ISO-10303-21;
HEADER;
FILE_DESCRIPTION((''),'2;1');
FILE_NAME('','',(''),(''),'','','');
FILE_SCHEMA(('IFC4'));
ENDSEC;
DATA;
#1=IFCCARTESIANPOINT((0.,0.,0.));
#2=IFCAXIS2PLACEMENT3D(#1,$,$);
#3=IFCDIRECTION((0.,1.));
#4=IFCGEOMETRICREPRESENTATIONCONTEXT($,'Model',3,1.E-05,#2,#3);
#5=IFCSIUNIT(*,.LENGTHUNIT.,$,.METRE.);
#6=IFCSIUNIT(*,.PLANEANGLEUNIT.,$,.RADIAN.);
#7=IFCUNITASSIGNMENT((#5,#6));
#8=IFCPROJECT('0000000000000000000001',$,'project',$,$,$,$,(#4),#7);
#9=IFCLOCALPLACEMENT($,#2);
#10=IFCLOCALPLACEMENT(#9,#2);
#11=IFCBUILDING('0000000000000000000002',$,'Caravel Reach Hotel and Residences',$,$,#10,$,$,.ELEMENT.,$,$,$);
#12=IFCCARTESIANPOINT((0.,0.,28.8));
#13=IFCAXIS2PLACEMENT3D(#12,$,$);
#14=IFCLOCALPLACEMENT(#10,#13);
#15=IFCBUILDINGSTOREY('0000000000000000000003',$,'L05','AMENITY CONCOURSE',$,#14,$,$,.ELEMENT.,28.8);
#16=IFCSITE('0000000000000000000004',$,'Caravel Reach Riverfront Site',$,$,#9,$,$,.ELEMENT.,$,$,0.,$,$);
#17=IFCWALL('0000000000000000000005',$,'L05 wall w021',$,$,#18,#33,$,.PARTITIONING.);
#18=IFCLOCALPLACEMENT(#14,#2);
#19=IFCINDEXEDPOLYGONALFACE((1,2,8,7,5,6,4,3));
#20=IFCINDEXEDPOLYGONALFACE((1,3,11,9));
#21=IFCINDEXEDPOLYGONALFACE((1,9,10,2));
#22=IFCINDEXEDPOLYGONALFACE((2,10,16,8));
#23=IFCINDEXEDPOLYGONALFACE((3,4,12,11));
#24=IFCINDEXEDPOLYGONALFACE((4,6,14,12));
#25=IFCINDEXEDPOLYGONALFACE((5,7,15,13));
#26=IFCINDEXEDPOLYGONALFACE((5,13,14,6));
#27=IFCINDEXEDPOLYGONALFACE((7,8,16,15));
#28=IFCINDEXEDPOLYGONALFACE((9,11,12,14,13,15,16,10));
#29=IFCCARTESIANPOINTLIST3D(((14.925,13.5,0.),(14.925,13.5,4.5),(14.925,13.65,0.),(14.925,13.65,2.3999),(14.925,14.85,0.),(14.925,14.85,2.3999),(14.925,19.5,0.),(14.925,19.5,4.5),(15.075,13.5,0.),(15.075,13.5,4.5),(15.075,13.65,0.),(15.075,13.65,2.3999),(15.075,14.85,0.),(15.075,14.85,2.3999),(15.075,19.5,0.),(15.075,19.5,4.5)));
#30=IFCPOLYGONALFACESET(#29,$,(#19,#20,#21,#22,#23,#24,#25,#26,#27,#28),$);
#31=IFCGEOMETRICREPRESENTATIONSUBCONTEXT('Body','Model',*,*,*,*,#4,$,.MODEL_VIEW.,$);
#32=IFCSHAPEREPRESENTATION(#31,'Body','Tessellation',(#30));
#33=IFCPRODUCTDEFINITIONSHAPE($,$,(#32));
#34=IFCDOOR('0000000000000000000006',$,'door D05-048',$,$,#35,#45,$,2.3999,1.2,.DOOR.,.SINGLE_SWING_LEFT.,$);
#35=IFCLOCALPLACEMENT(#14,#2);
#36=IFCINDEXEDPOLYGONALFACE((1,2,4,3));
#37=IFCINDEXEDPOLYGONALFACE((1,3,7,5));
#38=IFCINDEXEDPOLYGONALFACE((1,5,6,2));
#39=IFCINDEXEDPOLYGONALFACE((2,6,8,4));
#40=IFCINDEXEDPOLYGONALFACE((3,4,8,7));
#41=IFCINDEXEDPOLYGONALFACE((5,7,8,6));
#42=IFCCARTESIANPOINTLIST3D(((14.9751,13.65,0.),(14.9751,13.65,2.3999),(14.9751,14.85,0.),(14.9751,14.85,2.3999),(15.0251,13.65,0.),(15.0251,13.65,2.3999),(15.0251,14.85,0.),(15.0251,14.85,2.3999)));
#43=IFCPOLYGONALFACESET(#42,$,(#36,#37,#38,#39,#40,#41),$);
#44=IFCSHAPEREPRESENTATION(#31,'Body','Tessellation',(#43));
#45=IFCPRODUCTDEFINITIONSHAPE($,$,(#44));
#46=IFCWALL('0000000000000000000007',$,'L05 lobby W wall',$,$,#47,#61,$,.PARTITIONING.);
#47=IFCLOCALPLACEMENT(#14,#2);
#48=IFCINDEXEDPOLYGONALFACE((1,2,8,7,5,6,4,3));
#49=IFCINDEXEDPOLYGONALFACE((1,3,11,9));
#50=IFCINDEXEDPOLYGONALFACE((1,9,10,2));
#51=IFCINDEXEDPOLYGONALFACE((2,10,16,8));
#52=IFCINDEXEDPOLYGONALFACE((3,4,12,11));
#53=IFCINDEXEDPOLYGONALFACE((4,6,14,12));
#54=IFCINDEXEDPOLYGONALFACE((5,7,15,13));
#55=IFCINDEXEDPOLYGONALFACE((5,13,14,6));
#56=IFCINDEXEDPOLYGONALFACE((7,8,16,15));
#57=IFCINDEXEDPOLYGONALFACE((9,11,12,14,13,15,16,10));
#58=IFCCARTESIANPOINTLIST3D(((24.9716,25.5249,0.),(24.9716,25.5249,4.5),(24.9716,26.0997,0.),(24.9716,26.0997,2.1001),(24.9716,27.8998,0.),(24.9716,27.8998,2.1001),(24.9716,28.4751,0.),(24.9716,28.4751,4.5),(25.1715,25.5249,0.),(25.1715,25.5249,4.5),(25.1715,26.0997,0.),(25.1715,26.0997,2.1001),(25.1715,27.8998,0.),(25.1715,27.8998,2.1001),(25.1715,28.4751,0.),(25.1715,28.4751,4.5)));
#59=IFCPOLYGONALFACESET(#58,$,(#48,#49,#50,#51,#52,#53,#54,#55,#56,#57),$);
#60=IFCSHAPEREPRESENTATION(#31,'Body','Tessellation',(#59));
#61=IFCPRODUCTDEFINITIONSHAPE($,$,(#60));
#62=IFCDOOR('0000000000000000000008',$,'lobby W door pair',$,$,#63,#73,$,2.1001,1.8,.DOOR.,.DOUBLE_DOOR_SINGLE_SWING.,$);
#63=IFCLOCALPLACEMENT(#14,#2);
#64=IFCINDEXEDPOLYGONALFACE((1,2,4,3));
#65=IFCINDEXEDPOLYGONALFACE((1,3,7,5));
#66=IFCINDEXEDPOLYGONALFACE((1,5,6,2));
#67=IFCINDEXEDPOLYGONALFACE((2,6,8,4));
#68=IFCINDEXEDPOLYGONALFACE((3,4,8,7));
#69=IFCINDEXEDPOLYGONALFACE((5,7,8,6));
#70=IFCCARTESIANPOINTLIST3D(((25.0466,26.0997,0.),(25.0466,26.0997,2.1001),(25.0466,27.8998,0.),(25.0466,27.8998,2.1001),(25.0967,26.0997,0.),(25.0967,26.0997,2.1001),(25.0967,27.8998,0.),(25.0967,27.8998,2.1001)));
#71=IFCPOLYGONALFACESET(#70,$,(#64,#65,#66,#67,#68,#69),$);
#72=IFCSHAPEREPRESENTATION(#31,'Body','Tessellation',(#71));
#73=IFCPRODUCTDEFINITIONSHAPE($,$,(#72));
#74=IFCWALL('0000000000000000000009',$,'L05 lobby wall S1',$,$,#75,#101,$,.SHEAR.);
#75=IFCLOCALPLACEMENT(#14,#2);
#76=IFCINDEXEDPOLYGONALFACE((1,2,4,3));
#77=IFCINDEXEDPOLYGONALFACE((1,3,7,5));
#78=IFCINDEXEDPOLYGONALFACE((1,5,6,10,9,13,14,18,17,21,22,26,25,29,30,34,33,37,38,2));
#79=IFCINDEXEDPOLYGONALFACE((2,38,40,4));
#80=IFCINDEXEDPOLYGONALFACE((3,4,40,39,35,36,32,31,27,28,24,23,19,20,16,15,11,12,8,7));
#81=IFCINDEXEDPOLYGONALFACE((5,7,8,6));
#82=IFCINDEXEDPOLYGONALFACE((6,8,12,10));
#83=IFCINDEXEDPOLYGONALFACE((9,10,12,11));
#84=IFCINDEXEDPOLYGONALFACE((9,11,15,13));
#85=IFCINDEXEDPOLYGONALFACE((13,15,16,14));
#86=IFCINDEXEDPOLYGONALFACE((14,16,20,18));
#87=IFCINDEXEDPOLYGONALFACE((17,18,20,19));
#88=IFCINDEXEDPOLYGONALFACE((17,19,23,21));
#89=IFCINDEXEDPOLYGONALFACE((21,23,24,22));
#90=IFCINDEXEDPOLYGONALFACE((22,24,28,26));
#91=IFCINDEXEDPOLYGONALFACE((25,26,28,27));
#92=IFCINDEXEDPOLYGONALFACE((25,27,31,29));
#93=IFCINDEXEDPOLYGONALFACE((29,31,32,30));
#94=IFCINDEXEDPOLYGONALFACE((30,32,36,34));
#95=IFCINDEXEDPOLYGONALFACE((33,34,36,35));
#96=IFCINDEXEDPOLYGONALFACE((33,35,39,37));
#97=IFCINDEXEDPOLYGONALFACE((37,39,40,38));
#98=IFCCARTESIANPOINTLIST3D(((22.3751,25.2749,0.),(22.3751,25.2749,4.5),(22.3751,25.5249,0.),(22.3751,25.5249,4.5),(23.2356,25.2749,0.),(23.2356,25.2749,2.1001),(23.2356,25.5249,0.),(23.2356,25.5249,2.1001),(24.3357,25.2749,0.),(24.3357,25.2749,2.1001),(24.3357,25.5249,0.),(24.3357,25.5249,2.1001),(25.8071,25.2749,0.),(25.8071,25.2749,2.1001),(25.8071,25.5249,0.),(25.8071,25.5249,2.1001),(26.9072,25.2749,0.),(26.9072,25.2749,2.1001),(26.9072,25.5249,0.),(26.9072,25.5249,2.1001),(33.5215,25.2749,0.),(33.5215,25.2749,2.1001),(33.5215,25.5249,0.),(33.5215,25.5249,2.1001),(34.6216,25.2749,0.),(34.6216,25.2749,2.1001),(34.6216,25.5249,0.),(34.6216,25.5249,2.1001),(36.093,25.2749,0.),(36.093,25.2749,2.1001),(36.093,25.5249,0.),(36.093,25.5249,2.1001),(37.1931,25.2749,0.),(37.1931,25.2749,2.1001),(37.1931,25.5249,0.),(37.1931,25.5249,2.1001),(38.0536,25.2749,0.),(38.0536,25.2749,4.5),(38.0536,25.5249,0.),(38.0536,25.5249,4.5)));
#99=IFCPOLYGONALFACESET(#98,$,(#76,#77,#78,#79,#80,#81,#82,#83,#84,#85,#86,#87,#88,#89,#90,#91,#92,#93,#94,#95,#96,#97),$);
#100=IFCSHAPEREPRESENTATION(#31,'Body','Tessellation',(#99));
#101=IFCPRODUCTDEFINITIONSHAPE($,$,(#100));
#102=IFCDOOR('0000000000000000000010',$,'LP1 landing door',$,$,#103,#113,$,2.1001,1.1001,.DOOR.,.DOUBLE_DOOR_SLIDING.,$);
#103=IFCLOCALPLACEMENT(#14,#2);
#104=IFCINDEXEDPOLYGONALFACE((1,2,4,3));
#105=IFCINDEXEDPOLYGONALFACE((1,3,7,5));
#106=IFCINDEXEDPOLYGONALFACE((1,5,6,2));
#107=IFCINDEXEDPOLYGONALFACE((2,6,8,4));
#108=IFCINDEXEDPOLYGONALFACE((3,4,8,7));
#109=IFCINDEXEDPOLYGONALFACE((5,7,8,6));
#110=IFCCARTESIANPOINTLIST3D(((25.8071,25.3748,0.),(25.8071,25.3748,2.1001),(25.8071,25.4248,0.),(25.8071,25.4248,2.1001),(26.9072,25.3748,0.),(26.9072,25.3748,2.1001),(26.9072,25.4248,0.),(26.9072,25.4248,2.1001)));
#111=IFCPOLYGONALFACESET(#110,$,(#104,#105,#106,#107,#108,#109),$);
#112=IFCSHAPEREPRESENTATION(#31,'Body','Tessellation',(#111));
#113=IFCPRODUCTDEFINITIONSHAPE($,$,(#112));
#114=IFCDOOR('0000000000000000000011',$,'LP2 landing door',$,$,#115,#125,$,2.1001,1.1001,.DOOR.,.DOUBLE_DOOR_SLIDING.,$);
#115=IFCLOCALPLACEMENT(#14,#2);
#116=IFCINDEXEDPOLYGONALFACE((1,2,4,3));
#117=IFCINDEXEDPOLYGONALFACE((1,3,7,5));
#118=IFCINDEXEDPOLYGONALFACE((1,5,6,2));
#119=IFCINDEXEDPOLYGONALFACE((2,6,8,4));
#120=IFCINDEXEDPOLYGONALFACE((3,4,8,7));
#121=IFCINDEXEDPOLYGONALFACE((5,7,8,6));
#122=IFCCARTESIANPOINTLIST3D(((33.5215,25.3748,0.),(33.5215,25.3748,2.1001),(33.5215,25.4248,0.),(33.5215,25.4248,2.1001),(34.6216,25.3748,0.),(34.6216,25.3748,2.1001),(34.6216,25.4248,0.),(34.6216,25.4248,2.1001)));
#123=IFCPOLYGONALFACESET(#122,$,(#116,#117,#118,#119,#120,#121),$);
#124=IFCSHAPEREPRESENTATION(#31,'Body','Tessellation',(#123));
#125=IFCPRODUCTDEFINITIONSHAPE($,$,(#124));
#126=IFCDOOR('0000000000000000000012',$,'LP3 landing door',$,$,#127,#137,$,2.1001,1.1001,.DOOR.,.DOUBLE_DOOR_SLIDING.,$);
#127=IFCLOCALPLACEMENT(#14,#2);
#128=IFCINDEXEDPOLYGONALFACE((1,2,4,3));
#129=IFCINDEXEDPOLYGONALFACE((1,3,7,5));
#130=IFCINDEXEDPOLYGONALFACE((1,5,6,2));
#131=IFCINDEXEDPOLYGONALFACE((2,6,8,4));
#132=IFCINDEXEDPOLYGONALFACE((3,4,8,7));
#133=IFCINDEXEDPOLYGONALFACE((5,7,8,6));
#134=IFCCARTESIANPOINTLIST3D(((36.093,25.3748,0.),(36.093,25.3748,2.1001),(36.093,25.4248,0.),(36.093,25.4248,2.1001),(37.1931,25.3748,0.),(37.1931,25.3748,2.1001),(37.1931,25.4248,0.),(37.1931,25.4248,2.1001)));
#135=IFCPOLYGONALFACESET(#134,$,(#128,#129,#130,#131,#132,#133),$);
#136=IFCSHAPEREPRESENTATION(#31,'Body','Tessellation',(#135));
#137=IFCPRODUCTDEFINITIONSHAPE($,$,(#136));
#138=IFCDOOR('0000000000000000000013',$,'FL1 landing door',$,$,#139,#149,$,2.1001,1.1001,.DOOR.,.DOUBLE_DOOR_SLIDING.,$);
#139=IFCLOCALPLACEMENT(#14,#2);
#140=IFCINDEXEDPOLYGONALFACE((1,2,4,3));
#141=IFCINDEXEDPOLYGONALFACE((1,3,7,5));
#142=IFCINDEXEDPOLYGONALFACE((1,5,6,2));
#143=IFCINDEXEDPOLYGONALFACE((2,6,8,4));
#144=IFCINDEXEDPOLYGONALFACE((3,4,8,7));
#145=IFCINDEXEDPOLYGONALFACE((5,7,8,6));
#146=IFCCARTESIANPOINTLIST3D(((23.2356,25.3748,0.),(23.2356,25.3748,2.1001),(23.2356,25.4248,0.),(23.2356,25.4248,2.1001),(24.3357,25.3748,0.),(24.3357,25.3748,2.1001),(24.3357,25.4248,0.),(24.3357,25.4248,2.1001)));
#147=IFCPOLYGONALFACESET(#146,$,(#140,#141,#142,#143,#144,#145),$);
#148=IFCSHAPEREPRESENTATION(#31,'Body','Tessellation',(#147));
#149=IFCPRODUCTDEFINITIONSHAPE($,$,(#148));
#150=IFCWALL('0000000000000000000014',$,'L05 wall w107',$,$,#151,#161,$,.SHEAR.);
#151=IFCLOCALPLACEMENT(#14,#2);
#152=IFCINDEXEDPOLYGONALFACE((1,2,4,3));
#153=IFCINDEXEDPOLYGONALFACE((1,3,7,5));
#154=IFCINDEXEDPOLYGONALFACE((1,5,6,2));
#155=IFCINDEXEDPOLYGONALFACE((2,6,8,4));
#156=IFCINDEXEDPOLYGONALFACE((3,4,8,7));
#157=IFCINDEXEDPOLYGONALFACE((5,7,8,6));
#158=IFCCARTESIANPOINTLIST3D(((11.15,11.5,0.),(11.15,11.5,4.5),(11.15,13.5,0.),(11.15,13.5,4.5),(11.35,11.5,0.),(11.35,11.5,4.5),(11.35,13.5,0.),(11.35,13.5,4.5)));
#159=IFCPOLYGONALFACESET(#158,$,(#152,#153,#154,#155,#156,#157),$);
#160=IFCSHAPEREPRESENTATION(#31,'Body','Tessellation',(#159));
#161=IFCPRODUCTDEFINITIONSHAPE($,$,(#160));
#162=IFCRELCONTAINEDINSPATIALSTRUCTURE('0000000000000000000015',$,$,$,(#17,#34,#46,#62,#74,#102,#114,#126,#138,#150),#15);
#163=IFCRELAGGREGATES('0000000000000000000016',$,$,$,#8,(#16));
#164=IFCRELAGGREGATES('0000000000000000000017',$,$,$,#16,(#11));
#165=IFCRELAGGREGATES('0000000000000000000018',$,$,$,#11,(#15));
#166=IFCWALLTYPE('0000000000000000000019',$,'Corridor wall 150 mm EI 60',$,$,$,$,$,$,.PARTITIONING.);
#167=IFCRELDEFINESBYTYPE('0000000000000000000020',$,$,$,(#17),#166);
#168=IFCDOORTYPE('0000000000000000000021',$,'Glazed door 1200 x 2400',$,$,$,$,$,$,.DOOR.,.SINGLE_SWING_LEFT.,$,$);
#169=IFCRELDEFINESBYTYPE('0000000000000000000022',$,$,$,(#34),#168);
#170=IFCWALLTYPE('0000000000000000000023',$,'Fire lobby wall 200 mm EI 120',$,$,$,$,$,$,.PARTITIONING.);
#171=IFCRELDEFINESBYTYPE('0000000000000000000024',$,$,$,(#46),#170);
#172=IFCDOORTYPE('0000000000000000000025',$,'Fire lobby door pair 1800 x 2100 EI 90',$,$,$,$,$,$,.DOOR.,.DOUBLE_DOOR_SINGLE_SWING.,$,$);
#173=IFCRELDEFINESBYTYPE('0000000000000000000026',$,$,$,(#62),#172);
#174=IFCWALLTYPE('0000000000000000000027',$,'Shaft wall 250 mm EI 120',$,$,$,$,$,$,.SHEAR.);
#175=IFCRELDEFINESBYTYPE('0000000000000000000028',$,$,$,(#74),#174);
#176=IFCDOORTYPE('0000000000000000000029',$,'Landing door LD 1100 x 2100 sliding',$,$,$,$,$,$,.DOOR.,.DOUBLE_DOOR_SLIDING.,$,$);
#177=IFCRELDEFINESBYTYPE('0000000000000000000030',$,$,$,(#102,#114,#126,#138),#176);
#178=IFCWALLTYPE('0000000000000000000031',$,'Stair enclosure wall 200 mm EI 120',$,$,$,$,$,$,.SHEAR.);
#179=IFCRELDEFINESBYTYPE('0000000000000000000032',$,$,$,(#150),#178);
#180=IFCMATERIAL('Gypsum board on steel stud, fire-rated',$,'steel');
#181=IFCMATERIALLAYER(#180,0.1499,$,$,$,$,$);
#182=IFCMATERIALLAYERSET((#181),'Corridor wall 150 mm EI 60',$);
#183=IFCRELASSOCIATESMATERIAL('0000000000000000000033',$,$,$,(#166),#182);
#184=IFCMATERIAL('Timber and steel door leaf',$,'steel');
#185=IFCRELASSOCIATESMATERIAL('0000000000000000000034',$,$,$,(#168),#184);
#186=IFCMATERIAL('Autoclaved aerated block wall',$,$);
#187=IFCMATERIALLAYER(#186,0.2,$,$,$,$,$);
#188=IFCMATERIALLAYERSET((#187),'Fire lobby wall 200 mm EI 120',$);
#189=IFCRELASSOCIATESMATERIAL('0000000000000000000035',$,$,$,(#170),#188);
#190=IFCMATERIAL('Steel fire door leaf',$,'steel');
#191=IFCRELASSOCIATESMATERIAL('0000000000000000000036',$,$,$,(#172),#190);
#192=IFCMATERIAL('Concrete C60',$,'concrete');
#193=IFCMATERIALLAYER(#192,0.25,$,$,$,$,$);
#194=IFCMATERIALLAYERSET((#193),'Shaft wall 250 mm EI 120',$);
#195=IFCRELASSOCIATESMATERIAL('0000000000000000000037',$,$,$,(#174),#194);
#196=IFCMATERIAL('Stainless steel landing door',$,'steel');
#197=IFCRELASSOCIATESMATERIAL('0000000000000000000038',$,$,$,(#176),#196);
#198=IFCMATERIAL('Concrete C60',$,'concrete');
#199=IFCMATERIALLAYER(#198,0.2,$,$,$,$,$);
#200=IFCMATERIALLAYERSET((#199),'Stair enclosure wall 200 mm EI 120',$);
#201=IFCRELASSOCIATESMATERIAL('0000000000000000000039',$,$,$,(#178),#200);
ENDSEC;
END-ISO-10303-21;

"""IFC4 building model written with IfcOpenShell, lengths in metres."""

from ifc_helpers import new_model, si_unit, direction, frame, frame_2d, origin, place, context, subcontext, project, spatial, rectangle, extrude, material, layer, layer_set, type_object, element, fill, save


model = new_model("IFC4")

# Units and contexts
model_context = context("Model", 3, precision=1e-05, world=origin(), true_north=direction((0.0, 1.0)))
body_context = subcontext(model_context, "Body", "Model", "MODEL_VIEW")
ifc_project = project(units=[si_unit("LENGTHUNIT", "METRE"), si_unit("PLANEANGLEUNIT", "RADIAN")], contexts=[model_context])

# Site, building, storey
site_placement = place(None, origin())
site = spatial("IfcSite", under=ifc_project, at=site_placement, Name="Caravel Reach Riverfront Site", CompositionType="ELEMENT", RefElevation=0.0)
building_placement = place(site_placement, origin())
building = spatial("IfcBuilding", under=site, at=building_placement, Name="Caravel Reach Hotel and Residences", CompositionType="ELEMENT")
storey_placement = place(building_placement, frame((0.0, 0.0, 28.8)))
storey = spatial("IfcBuildingStorey", under=building, at=storey_placement, Name="L05", Description="AMENITY CONCOURSE", CompositionType="ELEMENT", Elevation=28.8)

# Shared definitions
ifc_material_1 = material(Name="Gypsum board on steel stud, fire-rated", Category="steel")
ifc_layer_1 = layer(ifc_material_1, 0.1499)
ifc_layer_set_1 = layer_set([ifc_layer_1], Name="Corridor wall 150 mm EI 60")
wall_type_1 = type_object("IfcWallType", Name="Corridor wall 150 mm EI 60", PredefinedType="PARTITIONING", material=ifc_layer_set_1)

# Walls, openings, doors
wall_1_placement = place(storey_placement, frame((15.0, 13.5, 0.0), z_axis=(0.0, 0.0, 1.0), x_axis=(0.0, 1.0, 0.0)))
wall_1 = element("IfcWall", 1, at=wall_1_placement, inside=storey, type_object=wall_type_1, Name="L05 wall w021", PredefinedType="PARTITIONING", context=body_context, shape_type="SweptSolid", body=[
    extrude(rectangle(XDim=6.0, YDim=0.1499, at=frame_2d((3.0, 0.0))), origin(), (0.0, 0.0, 1.0), 4.5),
])
opening_1_placement = place(wall_1_placement, frame((0.1499, 0.0, 0.0)))
opening_1 = element("IfcOpeningElement", 2, at=opening_1_placement, cuts=wall_1, PredefinedType="OPENING", context=body_context, shape_type="SweptSolid", body=[
    extrude(rectangle(XDim=1.2, YDim=2.3999, at=frame_2d((0.6001, 1.2))), frame((0.0, 0.085, 0.0), z_axis=(0.0, -1.0, 0.0), x_axis=(1.0, 0.0, 0.0)), (0.0, 0.0, 1.0), 0.1699),
])
ifc_material_2 = material(Name="Timber and steel door leaf", Category="steel")
door_type_1 = type_object("IfcDoorType", Name="Glazed door 1200 x 2400", OperationType="SINGLE_SWING_LEFT", PredefinedType="DOOR", material=ifc_material_2)
door_1_placement = place(opening_1_placement, origin())
door_1 = element("IfcDoor", 3, at=door_1_placement, inside=storey, type_object=door_type_1, Name="door D05-048", OperationType="SINGLE_SWING_LEFT", OverallHeight=2.3999, OverallWidth=1.2, PredefinedType="DOOR", context=body_context, shape_type="SweptSolid", body=[
    extrude(rectangle(XDim=1.2, YDim=2.3999, at=frame_2d((0.6001, 1.2))), frame((0.0, 0.0249, 0.0), z_axis=(0.0, -1.0, 0.0), x_axis=(1.0, 0.0, 0.0)), (0.0, 0.0, 1.0), 0.05),
])
fill(opening_1, door_1)
ifc_material_3 = material(Name="Autoclaved aerated block wall")
ifc_layer_2 = layer(ifc_material_3, 0.2)
ifc_layer_set_2 = layer_set([ifc_layer_2], Name="Fire lobby wall 200 mm EI 120")
wall_type_2 = type_object("IfcWallType", Name="Fire lobby wall 200 mm EI 120", PredefinedType="PARTITIONING", material=ifc_layer_set_2)
wall_2_placement = place(storey_placement, frame((25.0715, 25.5249, 0.0), z_axis=(0.0, 0.0, 1.0), x_axis=(0.0, 1.0, 0.0)))
wall_2 = element("IfcWall", 4, at=wall_2_placement, inside=storey, type_object=wall_type_2, Name="L05 lobby W wall", PredefinedType="PARTITIONING", context=body_context, shape_type="SweptSolid", body=[
    extrude(rectangle(XDim=2.9502, YDim=0.2, at=frame_2d((1.4751, 0.0))), origin(), (0.0, 0.0, 1.0), 4.5),
])
opening_2_placement = place(wall_2_placement, frame((0.575, 0.0, 0.0)))
opening_2 = element("IfcOpeningElement", 5, at=opening_2_placement, cuts=wall_2, PredefinedType="OPENING", context=body_context, shape_type="SweptSolid", body=[
    extrude(rectangle(XDim=1.8, YDim=2.1001, at=frame_2d((0.8999, 1.05))), frame((0.0, 0.1099, 0.0), z_axis=(0.0, -1.0, 0.0), x_axis=(1.0, 0.0, 0.0)), (0.0, 0.0, 1.0), 0.22),
])
ifc_material_4 = material(Name="Steel fire door leaf", Category="steel")
door_type_2 = type_object("IfcDoorType", Name="Fire lobby door pair 1800 x 2100 EI 90", OperationType="DOUBLE_DOOR_SINGLE_SWING", PredefinedType="DOOR", material=ifc_material_4)
door_2_placement = place(opening_2_placement, origin())
door_2 = element("IfcDoor", 6, at=door_2_placement, inside=storey, type_object=door_type_2, Name="lobby W door pair", OperationType="DOUBLE_DOOR_SINGLE_SWING", OverallHeight=2.1001, OverallWidth=1.8, PredefinedType="DOOR", context=body_context, shape_type="SweptSolid", body=[
    extrude(rectangle(XDim=1.8, YDim=2.1001, at=frame_2d((0.8999, 1.05))), frame((0.0, 0.0249, 0.0), z_axis=(0.0, -1.0, 0.0), x_axis=(1.0, 0.0, 0.0)), (0.0, 0.0, 1.0), 0.05),
])
fill(opening_2, door_2)

# Wall, openings, doors
ifc_material_5 = material(Name="Concrete C60", Category="concrete")
ifc_layer_3 = layer(ifc_material_5, 0.25)
ifc_layer_set_3 = layer_set([ifc_layer_3], Name="Shaft wall 250 mm EI 120")
wall_type_3 = type_object("IfcWallType", Name="Shaft wall 250 mm EI 120", PredefinedType="SHEAR", material=ifc_layer_set_3)
wall_3_placement = place(storey_placement, frame((22.375, 25.3999, 0.0), z_axis=(0.0, 0.0, 1.0), x_axis=(1.0, 0.0, 0.0)))
wall_3 = element("IfcWall", 7, at=wall_3_placement, inside=storey, type_object=wall_type_3, Name="L05 lobby wall S1", PredefinedType="SHEAR", context=body_context, shape_type="SweptSolid", body=[
    extrude(rectangle(XDim=15.6785, YDim=0.25, at=frame_2d((7.8394, 0.0))), origin(), (0.0, 0.0, 1.0), 4.5),
])
opening_3_placement = place(wall_3_placement, frame((3.4321, 0.0, 0.0)))
opening_3 = element("IfcOpeningElement", 8, at=opening_3_placement, cuts=wall_3, PredefinedType="OPENING", context=body_context, shape_type="SweptSolid", body=[
    extrude(rectangle(XDim=1.1001, YDim=2.1001, at=frame_2d((0.55, 1.05))), frame((0.0, 0.135, 0.0), z_axis=(0.0, -1.0, 0.0), x_axis=(1.0, 0.0, 0.0)), (0.0, 0.0, 1.0), 0.27),
])
opening_4_placement = place(wall_3_placement, frame((11.1465, 0.0, 0.0)))
opening_4 = element("IfcOpeningElement", 9, at=opening_4_placement, cuts=wall_3, PredefinedType="OPENING", context=body_context, shape_type="SweptSolid", body=[
    extrude(rectangle(XDim=1.1001, YDim=2.1001, at=frame_2d((0.55, 1.05))), frame((0.0, 0.135, 0.0), z_axis=(0.0, -1.0, 0.0), x_axis=(1.0, 0.0, 0.0)), (0.0, 0.0, 1.0), 0.27),
])
opening_5_placement = place(wall_3_placement, frame((13.718, 0.0, 0.0)))
opening_5 = element("IfcOpeningElement", 10, at=opening_5_placement, cuts=wall_3, PredefinedType="OPENING", context=body_context, shape_type="SweptSolid", body=[
    extrude(rectangle(XDim=1.1001, YDim=2.1001, at=frame_2d((0.55, 1.05))), frame((0.0, 0.135, 0.0), z_axis=(0.0, -1.0, 0.0), x_axis=(1.0, 0.0, 0.0)), (0.0, 0.0, 1.0), 0.27),
])
opening_6_placement = place(wall_3_placement, frame((0.8606, 0.0, 0.0)))
opening_6 = element("IfcOpeningElement", 11, at=opening_6_placement, cuts=wall_3, PredefinedType="OPENING", context=body_context, shape_type="SweptSolid", body=[
    extrude(rectangle(XDim=1.1001, YDim=2.1001, at=frame_2d((0.55, 1.05))), frame((0.0, 0.135, 0.0), z_axis=(0.0, -1.0, 0.0), x_axis=(1.0, 0.0, 0.0)), (0.0, 0.0, 1.0), 0.27),
])
ifc_material_6 = material(Name="Stainless steel landing door", Category="steel")
door_type_3 = type_object("IfcDoorType", Name="Landing door LD 1100 x 2100 sliding", OperationType="DOUBLE_DOOR_SLIDING", PredefinedType="DOOR", material=ifc_material_6)
door_3_placement = place(opening_3_placement, origin())
door_3 = element("IfcDoor", 12, at=door_3_placement, inside=storey, type_object=door_type_3, Name="LP1 landing door", OperationType="DOUBLE_DOOR_SLIDING", OverallHeight=2.1001, OverallWidth=1.1001, PredefinedType="DOOR", context=body_context, shape_type="SweptSolid", body=[
    extrude(rectangle(XDim=1.1001, YDim=2.1001, at=frame_2d((0.55, 1.05))), frame((0.0, 0.0249, 0.0), z_axis=(0.0, -1.0, 0.0), x_axis=(1.0, 0.0, 0.0)), (0.0, 0.0, 1.0), 0.05),
])
fill(opening_3, door_3)
door_4_placement = place(opening_4_placement, origin())
door_4 = element("IfcDoor", 13, at=door_4_placement, inside=storey, type_object=door_type_3, Name="LP2 landing door", OperationType="DOUBLE_DOOR_SLIDING", OverallHeight=2.1001, OverallWidth=1.1001, PredefinedType="DOOR", context=body_context, shape_type="SweptSolid", body=[
    extrude(rectangle(XDim=1.1001, YDim=2.1001, at=frame_2d((0.55, 1.05))), frame((0.0, 0.0249, 0.0), z_axis=(0.0, -1.0, 0.0), x_axis=(1.0, 0.0, 0.0)), (0.0, 0.0, 1.0), 0.05),
])
fill(opening_4, door_4)
door_5_placement = place(opening_5_placement, origin())
door_5 = element("IfcDoor", 14, at=door_5_placement, inside=storey, type_object=door_type_3, Name="LP3 landing door", OperationType="DOUBLE_DOOR_SLIDING", OverallHeight=2.1001, OverallWidth=1.1001, PredefinedType="DOOR", context=body_context, shape_type="SweptSolid", body=[
    extrude(rectangle(XDim=1.1001, YDim=2.1001, at=frame_2d((0.55, 1.05))), frame((0.0, 0.0249, 0.0), z_axis=(0.0, -1.0, 0.0), x_axis=(1.0, 0.0, 0.0)), (0.0, 0.0, 1.0), 0.05),
])
fill(opening_5, door_5)
door_6_placement = place(opening_6_placement, origin())
door_6 = element("IfcDoor", 15, at=door_6_placement, inside=storey, type_object=door_type_3, Name="FL1 landing door", OperationType="DOUBLE_DOOR_SLIDING", OverallHeight=2.1001, OverallWidth=1.1001, PredefinedType="DOOR", context=body_context, shape_type="SweptSolid", body=[
    extrude(rectangle(XDim=1.1001, YDim=2.1001, at=frame_2d((0.55, 1.05))), frame((0.0, 0.0249, 0.0), z_axis=(0.0, -1.0, 0.0), x_axis=(1.0, 0.0, 0.0)), (0.0, 0.0, 1.0), 0.05),
])
fill(opening_6, door_6)

# Wall
ifc_material_7 = material(Name="Concrete C60", Category="concrete")
ifc_layer_4 = layer(ifc_material_7, 0.2)
ifc_layer_set_4 = layer_set([ifc_layer_4], Name="Stair enclosure wall 200 mm EI 120")
wall_type_4 = type_object("IfcWallType", Name="Stair enclosure wall 200 mm EI 120", PredefinedType="SHEAR", material=ifc_layer_set_4)
wall_4_placement = place(storey_placement, frame((11.25, 11.5, 0.0), z_axis=(0.0, 0.0, 1.0), x_axis=(0.0, 1.0, 0.0)))
element("IfcWall", 16, at=wall_4_placement, inside=storey, type_object=wall_type_4, Name="L05 wall w107", PredefinedType="SHEAR", context=body_context, shape_type="SweptSolid", body=[
    extrude(rectangle(XDim=2.0, YDim=0.2, at=frame_2d((1.0, 0.0))), origin(), (0.0, 0.0, 1.0), 4.5),
])

save(model, "model.ifc")
